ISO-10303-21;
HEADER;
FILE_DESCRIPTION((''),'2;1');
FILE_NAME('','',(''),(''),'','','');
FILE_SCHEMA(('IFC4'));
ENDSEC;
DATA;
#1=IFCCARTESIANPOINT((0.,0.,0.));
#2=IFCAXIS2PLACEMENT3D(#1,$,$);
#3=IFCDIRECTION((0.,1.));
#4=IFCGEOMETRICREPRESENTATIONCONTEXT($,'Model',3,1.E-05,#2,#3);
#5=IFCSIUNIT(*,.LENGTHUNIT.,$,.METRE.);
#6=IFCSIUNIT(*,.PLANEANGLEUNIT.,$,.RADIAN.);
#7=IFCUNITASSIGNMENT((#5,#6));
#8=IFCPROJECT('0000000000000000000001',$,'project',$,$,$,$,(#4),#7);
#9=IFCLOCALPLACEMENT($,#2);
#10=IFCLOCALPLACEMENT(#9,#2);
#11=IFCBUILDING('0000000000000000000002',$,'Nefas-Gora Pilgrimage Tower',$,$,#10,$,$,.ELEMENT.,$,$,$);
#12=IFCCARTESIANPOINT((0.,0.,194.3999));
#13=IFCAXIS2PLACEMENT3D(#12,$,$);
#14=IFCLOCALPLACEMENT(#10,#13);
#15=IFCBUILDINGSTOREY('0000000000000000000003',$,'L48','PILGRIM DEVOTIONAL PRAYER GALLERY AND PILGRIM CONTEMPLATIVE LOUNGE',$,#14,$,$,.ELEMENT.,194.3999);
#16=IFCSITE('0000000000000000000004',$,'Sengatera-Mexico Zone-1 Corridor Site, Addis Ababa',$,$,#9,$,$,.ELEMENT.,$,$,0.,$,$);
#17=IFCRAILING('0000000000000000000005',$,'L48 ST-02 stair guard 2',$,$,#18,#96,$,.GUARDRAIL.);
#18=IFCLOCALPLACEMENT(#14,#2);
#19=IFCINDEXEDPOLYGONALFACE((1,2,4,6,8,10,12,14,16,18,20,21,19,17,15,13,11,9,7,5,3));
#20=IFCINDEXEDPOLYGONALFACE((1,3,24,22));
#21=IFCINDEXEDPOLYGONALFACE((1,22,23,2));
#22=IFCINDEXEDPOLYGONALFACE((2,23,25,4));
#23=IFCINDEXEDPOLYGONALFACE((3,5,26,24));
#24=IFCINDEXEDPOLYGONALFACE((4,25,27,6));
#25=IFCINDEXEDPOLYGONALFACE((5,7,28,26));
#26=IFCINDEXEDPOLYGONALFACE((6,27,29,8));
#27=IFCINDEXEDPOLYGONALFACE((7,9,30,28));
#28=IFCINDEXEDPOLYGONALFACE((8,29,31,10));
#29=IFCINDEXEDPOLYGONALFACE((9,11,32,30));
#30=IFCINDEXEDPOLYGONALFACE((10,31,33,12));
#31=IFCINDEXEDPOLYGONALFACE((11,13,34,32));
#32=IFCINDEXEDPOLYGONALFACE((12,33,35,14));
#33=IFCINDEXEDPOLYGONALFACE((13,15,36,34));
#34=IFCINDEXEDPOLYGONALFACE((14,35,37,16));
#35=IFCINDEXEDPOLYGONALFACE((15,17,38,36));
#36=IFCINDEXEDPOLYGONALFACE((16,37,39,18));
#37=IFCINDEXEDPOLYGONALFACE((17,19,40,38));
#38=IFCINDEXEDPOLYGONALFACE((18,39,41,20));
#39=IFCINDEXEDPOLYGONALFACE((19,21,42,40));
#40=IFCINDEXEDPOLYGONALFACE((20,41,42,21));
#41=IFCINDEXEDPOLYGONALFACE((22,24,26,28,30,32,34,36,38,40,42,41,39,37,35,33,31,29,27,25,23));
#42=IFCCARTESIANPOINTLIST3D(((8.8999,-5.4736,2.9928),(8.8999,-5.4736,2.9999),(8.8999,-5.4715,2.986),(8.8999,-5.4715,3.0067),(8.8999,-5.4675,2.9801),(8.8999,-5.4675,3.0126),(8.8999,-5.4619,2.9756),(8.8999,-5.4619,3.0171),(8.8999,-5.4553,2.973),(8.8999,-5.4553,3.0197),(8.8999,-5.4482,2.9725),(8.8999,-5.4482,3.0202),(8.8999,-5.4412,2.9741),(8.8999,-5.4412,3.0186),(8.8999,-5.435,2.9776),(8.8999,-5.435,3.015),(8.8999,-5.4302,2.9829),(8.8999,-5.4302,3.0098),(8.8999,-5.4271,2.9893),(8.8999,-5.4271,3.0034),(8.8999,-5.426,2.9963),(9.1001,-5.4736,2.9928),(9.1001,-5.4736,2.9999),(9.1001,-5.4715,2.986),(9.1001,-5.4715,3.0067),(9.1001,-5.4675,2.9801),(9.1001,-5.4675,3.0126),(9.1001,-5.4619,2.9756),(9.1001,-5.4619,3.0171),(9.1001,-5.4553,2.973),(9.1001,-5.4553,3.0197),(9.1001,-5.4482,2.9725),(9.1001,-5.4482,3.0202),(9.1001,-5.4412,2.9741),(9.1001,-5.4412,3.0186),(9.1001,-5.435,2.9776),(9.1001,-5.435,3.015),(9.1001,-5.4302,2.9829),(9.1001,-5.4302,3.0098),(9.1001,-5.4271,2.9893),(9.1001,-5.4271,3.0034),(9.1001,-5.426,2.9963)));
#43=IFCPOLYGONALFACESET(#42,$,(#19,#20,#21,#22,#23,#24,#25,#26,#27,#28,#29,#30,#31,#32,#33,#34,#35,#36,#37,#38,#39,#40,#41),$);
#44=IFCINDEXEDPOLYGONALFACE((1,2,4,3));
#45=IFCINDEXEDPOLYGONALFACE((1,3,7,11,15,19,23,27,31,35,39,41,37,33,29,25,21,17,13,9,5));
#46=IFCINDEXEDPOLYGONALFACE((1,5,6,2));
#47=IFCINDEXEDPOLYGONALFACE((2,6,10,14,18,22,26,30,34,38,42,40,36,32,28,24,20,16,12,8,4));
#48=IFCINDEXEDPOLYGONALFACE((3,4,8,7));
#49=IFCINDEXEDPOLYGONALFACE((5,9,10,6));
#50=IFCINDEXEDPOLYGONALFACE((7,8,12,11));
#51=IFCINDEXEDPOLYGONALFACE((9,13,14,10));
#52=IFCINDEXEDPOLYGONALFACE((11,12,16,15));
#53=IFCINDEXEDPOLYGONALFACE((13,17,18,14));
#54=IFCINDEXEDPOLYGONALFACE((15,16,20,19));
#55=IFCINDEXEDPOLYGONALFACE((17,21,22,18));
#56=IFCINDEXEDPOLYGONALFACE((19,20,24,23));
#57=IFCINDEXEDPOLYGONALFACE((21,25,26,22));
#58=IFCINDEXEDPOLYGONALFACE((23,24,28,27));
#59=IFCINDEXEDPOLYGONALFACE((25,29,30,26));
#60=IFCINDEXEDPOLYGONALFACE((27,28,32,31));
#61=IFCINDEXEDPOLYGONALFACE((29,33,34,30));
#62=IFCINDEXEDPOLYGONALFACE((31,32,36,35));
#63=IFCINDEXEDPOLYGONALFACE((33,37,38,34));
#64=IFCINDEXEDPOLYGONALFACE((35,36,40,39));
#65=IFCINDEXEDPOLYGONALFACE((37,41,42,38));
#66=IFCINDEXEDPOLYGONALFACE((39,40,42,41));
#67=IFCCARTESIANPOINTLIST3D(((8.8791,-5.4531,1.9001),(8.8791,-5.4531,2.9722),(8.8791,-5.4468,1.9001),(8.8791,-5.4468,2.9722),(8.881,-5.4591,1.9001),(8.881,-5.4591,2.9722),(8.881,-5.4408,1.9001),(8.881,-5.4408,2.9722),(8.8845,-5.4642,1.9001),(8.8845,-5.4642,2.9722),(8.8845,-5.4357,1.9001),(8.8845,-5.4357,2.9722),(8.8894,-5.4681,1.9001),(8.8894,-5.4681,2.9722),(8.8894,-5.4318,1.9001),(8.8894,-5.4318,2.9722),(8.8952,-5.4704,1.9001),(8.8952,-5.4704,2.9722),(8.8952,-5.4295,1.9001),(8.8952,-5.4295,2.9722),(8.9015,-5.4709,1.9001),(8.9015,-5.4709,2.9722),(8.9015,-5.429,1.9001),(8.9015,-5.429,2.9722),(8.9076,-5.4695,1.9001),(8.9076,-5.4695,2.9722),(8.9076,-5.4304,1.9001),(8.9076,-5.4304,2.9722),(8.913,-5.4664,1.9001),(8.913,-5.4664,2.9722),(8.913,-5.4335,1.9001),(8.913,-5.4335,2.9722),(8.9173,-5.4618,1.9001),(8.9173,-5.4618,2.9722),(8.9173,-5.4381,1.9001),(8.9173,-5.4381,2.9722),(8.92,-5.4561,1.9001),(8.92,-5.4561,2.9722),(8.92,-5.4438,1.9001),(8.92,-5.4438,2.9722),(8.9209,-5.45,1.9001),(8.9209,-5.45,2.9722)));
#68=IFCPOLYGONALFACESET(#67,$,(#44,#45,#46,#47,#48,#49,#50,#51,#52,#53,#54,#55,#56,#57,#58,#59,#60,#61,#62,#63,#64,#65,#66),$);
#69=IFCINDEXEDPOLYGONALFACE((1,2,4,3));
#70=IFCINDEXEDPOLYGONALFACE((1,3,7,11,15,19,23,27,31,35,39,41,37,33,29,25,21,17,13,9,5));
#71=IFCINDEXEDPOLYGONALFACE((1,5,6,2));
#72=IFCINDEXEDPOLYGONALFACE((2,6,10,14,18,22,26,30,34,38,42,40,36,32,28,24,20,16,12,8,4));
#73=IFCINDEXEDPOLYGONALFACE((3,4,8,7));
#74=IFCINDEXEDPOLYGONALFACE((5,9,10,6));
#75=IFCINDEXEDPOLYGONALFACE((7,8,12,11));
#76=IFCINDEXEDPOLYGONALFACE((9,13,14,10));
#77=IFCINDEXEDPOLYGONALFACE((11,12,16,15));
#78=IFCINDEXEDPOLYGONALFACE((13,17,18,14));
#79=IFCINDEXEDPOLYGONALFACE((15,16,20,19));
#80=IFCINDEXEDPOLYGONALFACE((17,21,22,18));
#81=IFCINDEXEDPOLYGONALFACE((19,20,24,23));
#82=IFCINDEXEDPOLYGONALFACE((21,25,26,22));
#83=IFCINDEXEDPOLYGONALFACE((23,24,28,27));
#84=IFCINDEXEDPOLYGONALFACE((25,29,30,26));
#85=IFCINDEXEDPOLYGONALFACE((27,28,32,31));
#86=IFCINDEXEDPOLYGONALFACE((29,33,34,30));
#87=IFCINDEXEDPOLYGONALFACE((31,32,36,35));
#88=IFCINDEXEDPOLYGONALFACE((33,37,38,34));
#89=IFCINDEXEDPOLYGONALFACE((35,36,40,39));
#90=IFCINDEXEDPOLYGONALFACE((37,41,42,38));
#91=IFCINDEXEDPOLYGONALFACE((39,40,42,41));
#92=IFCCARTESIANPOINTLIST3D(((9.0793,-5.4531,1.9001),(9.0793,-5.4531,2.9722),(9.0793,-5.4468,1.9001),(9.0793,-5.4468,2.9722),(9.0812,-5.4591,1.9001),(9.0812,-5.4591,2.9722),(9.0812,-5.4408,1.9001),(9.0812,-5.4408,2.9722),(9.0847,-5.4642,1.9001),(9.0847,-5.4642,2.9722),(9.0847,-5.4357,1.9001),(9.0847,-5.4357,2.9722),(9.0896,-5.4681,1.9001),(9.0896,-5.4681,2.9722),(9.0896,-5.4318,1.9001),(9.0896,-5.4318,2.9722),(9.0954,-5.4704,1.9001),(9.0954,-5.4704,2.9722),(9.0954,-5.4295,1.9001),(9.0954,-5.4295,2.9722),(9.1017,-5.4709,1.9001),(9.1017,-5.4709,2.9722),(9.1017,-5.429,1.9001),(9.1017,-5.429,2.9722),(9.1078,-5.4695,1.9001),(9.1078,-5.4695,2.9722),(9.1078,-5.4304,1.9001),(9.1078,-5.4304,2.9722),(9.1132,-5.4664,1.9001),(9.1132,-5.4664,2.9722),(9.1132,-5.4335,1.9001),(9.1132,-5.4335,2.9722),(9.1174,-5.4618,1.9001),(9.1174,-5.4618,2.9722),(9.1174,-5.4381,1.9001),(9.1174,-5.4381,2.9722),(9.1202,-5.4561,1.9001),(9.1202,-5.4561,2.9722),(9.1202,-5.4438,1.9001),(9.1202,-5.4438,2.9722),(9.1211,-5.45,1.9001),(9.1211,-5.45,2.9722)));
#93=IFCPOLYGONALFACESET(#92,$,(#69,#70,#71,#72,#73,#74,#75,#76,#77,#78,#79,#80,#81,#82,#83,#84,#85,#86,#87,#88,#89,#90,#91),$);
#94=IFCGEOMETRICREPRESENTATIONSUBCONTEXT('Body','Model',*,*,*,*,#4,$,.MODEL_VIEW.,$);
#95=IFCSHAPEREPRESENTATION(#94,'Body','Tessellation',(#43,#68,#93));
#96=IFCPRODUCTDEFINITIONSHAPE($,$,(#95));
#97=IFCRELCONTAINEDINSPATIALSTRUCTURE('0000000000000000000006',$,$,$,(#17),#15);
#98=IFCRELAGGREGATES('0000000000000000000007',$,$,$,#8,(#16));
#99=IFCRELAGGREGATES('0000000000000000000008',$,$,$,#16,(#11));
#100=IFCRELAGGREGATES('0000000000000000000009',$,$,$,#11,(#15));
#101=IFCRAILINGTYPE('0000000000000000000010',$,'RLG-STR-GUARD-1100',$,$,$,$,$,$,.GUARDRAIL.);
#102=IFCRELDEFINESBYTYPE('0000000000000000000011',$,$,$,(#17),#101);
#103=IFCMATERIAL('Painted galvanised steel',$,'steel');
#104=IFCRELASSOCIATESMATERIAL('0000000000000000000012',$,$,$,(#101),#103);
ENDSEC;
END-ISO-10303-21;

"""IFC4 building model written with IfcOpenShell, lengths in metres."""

from ifc_helpers import new_model, si_unit, direction, frame, origin, origin_2d, place, context, subcontext, project, spatial, circle, extrude, material, type_object, element, save


model = new_model("IFC4")

# Units and contexts
model_context = context("Model", 3, precision=1e-05, world=origin(), true_north=direction((0.0, 1.0)))
body_context = subcontext(model_context, "Body", "Model", "MODEL_VIEW")
ifc_project = project(units=[si_unit("LENGTHUNIT", "METRE"), si_unit("PLANEANGLEUNIT", "RADIAN")], contexts=[model_context])

# Site, building, storey
site_placement = place(None, origin())
site = spatial("IfcSite", under=ifc_project, at=site_placement, Name="Sengatera-Mexico Zone-1 Corridor Site, Addis Ababa", CompositionType="ELEMENT", RefElevation=0.0)
building_placement = place(site_placement, origin())
building = spatial("IfcBuilding", under=site, at=building_placement, Name="Nefas-Gora Pilgrimage Tower", CompositionType="ELEMENT")
storey_placement = place(building_placement, frame((0.0, 0.0, 194.3999)))
storey = spatial("IfcBuildingStorey", under=building, at=storey_placement, Name="L48", Description="PILGRIM DEVOTIONAL PRAYER GALLERY AND PILGRIM CONTEMPLATIVE LOUNGE", CompositionType="ELEMENT", Elevation=194.3999)

# Railing
ifc_material_1 = material(Name="Painted galvanised steel", Category="steel")
railing_type_1 = type_object("IfcRailingType", Name="RLG-STR-GUARD-1100", PredefinedType="GUARDRAIL", material=ifc_material_1)
railing_1_placement = place(storey_placement, frame((8.8999, -5.45, 1.9001)))
element("IfcRailing", 1, at=railing_1_placement, inside=storey, type_object=railing_type_1, Name="L48 ST-02 stair guard 2", PredefinedType="GUARDRAIL", context=body_context, shape_type="SweptSolid", body=[
    extrude(circle(Radius=0.0239, at=origin_2d()), frame((0.0, 0.0, 1.0962), z_axis=(1.0, 0.0, 0.0), x_axis=(0.0, 1.0, 0.0)), (0.0, 0.0, 1.0), 0.2002),
    extrude(circle(Radius=0.021, at=origin_2d()), origin(), (0.0, 0.0, 1.0), 1.072),
    extrude(circle(Radius=0.021, at=origin_2d()), frame((0.2002, 0.0, 0.0)), (0.0, 0.0, 1.0), 1.072),
])

save(model, "model.ifc")
